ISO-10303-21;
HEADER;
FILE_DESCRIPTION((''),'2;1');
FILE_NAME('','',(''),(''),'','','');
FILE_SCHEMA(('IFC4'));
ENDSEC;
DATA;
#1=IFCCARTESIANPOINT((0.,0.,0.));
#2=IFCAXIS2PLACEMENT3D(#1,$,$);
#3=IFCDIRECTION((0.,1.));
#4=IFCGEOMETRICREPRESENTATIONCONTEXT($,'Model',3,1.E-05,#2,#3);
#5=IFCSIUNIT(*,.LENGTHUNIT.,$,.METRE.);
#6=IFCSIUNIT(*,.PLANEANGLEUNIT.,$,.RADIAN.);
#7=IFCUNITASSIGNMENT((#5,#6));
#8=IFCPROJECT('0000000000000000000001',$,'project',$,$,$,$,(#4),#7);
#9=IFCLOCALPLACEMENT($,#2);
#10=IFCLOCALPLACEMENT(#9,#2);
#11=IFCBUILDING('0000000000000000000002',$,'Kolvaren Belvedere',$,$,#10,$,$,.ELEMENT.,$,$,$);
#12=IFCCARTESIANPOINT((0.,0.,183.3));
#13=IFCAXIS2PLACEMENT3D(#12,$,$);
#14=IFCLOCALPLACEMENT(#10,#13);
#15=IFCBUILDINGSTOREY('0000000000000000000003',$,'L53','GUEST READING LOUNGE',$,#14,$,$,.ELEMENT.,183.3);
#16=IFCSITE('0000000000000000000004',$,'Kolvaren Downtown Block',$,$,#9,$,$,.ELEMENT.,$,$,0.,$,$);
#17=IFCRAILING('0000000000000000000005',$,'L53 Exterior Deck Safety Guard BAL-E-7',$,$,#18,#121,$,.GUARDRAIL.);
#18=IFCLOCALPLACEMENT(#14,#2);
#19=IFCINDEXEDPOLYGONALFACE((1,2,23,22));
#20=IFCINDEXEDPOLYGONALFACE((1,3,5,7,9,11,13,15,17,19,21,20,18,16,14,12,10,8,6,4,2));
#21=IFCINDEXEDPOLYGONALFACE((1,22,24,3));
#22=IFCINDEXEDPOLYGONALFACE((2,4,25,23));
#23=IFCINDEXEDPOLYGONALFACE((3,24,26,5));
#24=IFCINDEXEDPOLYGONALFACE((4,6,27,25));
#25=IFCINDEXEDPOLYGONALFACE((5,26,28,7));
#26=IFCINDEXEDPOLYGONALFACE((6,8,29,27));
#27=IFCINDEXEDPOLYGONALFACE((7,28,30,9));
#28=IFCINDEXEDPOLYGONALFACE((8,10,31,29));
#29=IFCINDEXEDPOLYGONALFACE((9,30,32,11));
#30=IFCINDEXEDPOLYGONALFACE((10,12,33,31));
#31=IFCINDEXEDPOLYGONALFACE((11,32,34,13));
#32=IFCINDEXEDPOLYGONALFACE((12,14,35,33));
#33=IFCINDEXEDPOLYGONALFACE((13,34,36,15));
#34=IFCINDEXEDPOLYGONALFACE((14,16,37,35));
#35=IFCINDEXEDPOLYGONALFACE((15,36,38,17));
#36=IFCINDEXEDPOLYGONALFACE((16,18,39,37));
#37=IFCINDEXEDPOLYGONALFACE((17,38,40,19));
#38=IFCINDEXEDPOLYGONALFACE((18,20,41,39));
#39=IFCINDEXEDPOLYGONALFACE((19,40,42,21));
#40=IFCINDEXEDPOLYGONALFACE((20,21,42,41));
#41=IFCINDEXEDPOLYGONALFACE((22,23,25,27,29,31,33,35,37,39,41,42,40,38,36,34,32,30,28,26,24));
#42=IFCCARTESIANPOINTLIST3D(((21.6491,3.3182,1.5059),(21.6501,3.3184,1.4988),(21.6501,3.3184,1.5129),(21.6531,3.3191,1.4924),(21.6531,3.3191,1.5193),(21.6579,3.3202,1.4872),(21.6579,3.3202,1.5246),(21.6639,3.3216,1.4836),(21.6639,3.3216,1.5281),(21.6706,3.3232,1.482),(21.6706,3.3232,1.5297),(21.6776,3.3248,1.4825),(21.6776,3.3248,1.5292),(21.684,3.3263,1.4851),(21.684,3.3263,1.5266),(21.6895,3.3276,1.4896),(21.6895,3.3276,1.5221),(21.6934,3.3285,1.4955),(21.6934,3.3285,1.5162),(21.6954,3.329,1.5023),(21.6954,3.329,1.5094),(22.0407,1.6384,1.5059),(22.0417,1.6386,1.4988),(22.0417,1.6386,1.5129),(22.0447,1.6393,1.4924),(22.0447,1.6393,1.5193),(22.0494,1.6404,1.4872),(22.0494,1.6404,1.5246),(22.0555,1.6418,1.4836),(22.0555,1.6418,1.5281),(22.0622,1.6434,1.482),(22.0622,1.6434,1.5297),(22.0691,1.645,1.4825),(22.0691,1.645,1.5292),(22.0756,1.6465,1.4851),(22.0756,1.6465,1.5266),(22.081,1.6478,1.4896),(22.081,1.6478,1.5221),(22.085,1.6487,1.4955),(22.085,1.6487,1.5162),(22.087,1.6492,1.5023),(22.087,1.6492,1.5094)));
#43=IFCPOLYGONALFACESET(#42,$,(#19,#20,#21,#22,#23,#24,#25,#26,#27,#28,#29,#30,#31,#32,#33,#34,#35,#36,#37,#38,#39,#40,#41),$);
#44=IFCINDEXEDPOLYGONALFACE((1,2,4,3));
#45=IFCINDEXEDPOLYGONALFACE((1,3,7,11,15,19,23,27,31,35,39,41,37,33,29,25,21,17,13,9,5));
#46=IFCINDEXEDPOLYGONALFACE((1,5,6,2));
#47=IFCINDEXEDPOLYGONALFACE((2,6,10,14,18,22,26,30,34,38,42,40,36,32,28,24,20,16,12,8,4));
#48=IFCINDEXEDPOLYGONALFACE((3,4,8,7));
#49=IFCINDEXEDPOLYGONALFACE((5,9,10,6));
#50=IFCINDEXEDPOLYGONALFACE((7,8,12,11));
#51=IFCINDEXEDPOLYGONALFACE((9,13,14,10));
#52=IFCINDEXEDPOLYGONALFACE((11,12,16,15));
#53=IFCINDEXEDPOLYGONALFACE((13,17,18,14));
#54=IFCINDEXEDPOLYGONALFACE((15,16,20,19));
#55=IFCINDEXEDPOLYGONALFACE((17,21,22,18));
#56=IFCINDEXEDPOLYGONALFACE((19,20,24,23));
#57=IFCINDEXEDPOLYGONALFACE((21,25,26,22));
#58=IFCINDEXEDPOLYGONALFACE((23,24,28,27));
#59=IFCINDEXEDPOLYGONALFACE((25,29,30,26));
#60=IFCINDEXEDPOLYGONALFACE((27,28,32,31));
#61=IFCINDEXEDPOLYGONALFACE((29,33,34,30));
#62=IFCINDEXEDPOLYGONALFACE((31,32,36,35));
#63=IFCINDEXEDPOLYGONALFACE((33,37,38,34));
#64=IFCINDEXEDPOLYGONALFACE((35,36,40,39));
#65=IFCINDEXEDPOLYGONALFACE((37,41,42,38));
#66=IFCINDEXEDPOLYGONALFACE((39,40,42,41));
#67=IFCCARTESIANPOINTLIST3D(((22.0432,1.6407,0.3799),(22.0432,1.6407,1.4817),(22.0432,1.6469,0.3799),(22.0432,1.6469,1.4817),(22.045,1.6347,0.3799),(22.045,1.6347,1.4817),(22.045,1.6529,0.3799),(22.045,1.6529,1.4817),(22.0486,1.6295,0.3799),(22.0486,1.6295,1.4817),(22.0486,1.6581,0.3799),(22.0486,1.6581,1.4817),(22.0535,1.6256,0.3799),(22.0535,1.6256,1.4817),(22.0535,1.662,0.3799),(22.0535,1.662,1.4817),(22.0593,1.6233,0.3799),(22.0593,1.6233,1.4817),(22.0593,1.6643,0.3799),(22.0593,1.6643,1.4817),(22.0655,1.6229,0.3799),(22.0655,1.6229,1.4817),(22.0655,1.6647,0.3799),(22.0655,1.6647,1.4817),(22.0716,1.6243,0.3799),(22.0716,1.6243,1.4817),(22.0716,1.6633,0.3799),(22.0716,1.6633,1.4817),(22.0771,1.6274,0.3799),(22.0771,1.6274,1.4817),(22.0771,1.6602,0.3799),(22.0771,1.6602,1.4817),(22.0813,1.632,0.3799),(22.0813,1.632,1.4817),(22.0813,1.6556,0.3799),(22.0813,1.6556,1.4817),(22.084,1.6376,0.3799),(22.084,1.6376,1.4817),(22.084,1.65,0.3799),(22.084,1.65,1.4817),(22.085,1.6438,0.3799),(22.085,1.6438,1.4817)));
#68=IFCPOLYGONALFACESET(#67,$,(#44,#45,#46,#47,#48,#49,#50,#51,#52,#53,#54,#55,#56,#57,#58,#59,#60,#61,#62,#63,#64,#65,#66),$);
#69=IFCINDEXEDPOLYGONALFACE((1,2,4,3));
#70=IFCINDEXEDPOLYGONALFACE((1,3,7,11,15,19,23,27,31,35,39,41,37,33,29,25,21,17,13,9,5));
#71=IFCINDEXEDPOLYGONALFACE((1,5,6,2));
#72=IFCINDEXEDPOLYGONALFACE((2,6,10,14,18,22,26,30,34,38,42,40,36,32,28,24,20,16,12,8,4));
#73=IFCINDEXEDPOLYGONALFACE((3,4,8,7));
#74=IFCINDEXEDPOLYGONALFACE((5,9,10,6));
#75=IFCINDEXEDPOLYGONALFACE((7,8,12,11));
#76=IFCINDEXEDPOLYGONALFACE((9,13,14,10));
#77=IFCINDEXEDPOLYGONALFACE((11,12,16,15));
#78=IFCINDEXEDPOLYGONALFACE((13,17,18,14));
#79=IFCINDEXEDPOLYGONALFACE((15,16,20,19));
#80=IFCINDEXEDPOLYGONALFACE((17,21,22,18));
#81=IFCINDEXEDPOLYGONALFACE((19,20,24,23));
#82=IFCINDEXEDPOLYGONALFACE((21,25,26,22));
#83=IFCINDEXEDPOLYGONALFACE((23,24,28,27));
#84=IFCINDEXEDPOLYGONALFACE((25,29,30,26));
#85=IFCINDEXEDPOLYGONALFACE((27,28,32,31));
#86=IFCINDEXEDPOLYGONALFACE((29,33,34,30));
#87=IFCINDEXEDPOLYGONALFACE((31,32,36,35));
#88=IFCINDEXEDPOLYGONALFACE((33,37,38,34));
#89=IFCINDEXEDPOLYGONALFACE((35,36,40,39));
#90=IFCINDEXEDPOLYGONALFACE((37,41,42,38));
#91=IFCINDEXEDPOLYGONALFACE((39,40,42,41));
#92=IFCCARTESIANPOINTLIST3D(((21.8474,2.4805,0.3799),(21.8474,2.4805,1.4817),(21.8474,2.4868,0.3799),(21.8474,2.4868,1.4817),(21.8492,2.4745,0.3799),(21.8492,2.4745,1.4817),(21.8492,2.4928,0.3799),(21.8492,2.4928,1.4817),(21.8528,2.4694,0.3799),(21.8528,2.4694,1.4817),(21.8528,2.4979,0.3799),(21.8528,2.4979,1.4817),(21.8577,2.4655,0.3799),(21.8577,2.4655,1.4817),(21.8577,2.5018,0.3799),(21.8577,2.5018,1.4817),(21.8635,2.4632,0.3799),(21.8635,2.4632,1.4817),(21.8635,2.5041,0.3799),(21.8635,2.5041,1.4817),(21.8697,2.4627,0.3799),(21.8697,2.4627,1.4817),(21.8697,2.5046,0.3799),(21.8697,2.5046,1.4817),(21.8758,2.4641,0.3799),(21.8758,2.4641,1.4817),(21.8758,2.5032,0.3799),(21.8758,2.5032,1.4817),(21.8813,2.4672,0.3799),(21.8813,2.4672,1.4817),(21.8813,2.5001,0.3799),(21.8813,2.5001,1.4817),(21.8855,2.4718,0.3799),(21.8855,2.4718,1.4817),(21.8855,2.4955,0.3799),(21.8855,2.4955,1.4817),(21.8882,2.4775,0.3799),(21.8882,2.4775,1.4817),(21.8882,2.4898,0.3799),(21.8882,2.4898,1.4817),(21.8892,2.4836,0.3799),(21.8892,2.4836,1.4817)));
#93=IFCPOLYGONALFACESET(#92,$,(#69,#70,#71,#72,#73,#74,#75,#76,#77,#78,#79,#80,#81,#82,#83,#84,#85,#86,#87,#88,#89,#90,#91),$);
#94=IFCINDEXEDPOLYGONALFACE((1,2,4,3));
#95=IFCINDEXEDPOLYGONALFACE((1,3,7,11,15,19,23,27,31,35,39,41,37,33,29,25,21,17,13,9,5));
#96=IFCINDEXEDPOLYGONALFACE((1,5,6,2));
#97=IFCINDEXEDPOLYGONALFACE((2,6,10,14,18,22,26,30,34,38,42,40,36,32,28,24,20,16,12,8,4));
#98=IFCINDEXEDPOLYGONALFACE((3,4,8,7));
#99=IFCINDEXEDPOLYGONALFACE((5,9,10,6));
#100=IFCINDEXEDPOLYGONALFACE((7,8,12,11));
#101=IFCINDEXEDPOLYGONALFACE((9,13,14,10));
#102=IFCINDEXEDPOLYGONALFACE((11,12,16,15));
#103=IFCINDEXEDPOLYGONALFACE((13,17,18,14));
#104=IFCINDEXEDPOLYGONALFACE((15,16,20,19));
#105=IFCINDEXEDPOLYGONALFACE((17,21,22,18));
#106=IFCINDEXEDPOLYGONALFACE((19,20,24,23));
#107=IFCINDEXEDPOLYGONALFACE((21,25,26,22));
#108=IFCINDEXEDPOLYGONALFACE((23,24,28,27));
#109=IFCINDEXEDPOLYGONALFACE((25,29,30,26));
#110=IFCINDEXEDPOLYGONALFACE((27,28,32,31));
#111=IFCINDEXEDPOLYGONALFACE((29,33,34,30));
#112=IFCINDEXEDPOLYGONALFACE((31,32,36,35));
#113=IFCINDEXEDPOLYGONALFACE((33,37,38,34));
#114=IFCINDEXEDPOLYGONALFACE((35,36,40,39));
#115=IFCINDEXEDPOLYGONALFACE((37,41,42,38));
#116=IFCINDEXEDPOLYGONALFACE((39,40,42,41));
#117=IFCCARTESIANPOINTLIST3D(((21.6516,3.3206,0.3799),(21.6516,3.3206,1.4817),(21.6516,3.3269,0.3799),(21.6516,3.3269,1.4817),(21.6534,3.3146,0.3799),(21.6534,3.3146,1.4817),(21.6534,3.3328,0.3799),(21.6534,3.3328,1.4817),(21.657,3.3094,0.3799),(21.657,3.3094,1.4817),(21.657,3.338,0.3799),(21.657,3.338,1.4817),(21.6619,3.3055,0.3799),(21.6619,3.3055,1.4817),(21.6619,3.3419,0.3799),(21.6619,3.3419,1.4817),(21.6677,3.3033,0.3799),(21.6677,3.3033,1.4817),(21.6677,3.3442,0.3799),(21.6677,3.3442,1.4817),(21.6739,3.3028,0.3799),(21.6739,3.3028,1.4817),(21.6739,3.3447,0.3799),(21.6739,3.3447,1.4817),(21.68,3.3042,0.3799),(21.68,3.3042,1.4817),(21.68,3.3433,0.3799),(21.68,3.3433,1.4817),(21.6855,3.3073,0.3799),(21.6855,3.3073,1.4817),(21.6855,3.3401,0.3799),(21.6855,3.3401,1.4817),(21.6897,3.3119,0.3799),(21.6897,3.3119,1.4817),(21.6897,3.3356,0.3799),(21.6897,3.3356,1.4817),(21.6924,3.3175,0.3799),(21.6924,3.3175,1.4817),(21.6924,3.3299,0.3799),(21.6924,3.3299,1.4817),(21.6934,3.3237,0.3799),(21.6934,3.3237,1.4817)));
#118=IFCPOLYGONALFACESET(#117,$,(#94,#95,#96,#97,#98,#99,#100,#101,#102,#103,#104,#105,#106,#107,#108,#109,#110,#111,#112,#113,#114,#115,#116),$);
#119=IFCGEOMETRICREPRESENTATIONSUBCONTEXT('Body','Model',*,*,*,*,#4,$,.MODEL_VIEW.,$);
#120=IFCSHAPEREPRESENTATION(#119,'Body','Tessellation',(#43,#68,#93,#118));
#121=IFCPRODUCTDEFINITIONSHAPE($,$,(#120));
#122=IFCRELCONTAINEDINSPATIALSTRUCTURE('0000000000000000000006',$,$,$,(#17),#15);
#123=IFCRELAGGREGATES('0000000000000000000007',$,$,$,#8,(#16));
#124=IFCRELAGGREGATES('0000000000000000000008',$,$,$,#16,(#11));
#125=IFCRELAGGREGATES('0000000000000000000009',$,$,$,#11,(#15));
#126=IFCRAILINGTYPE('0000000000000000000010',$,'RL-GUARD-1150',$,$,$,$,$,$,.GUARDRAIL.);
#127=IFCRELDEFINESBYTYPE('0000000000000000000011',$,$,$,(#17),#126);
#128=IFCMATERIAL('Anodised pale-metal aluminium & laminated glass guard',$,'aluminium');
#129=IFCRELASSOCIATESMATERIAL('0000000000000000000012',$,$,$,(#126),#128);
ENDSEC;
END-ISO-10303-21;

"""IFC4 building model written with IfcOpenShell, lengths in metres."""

from ifc_helpers import new_model, si_unit, direction, frame, origin, origin_2d, place, context, subcontext, project, spatial, circle, extrude, material, type_object, element, save


model = new_model("IFC4")

# Units and contexts
model_context = context("Model", 3, precision=1e-05, world=origin(), true_north=direction((0.0, 1.0)))
body_context = subcontext(model_context, "Body", "Model", "MODEL_VIEW")
ifc_project = project(units=[si_unit("LENGTHUNIT", "METRE"), si_unit("PLANEANGLEUNIT", "RADIAN")], contexts=[model_context])

# Site, building, storey
site_placement = place(None, origin())
site = spatial("IfcSite", under=ifc_project, at=site_placement, Name="Kolvaren Downtown Block", CompositionType="ELEMENT", RefElevation=0.0)
building_placement = place(site_placement, origin())
building = spatial("IfcBuilding", under=site, at=building_placement, Name="Kolvaren Belvedere", CompositionType="ELEMENT")
storey_placement = place(building_placement, frame((0.0, 0.0, 183.3)))
storey = spatial("IfcBuildingStorey", under=building, at=storey_placement, Name="L53", Description="GUEST READING LOUNGE", CompositionType="ELEMENT", Elevation=183.3)

# Railing
ifc_material_1 = material(Name="Anodised pale-metal aluminium & laminated glass guard", Category="aluminium")
railing_type = type_object("IfcRailingType", Name="RL-GUARD-1150", PredefinedType="GUARDRAIL", material=ifc_material_1)
railing_1_placement = place(storey_placement, frame((22.064, 1.6438, 0.3799)))
element("IfcRailing", 1, at=railing_1_placement, inside=storey, type_object=railing_type, Name="L53 Exterior Deck Safety Guard BAL-E-7", PredefinedType="GUARDRAIL", context=body_context, shape_type="SweptSolid", body=[
    extrude(circle(Radius=0.0239, at=origin_2d()), frame((0.0, 0.0, 1.126), z_axis=(-0.227019, 0.97389, 0.0), x_axis=(-0.97389, -0.227019, 0.0)), (0.0, 0.0, 1.0), 1.7249),
    extrude(circle(Radius=0.021, at=origin_2d()), origin(), (0.0, 0.0, 1.0), 1.1018),
    extrude(circle(Radius=0.021, at=origin_2d()), frame((-0.1958, 0.8398, 0.0)), (0.0, 0.0, 1.0), 1.1018),
    extrude(circle(Radius=0.021, at=origin_2d()), frame((-0.3916, 1.6799, 0.0)), (0.0, 0.0, 1.0), 1.1018),
])

save(model, "model.ifc")
